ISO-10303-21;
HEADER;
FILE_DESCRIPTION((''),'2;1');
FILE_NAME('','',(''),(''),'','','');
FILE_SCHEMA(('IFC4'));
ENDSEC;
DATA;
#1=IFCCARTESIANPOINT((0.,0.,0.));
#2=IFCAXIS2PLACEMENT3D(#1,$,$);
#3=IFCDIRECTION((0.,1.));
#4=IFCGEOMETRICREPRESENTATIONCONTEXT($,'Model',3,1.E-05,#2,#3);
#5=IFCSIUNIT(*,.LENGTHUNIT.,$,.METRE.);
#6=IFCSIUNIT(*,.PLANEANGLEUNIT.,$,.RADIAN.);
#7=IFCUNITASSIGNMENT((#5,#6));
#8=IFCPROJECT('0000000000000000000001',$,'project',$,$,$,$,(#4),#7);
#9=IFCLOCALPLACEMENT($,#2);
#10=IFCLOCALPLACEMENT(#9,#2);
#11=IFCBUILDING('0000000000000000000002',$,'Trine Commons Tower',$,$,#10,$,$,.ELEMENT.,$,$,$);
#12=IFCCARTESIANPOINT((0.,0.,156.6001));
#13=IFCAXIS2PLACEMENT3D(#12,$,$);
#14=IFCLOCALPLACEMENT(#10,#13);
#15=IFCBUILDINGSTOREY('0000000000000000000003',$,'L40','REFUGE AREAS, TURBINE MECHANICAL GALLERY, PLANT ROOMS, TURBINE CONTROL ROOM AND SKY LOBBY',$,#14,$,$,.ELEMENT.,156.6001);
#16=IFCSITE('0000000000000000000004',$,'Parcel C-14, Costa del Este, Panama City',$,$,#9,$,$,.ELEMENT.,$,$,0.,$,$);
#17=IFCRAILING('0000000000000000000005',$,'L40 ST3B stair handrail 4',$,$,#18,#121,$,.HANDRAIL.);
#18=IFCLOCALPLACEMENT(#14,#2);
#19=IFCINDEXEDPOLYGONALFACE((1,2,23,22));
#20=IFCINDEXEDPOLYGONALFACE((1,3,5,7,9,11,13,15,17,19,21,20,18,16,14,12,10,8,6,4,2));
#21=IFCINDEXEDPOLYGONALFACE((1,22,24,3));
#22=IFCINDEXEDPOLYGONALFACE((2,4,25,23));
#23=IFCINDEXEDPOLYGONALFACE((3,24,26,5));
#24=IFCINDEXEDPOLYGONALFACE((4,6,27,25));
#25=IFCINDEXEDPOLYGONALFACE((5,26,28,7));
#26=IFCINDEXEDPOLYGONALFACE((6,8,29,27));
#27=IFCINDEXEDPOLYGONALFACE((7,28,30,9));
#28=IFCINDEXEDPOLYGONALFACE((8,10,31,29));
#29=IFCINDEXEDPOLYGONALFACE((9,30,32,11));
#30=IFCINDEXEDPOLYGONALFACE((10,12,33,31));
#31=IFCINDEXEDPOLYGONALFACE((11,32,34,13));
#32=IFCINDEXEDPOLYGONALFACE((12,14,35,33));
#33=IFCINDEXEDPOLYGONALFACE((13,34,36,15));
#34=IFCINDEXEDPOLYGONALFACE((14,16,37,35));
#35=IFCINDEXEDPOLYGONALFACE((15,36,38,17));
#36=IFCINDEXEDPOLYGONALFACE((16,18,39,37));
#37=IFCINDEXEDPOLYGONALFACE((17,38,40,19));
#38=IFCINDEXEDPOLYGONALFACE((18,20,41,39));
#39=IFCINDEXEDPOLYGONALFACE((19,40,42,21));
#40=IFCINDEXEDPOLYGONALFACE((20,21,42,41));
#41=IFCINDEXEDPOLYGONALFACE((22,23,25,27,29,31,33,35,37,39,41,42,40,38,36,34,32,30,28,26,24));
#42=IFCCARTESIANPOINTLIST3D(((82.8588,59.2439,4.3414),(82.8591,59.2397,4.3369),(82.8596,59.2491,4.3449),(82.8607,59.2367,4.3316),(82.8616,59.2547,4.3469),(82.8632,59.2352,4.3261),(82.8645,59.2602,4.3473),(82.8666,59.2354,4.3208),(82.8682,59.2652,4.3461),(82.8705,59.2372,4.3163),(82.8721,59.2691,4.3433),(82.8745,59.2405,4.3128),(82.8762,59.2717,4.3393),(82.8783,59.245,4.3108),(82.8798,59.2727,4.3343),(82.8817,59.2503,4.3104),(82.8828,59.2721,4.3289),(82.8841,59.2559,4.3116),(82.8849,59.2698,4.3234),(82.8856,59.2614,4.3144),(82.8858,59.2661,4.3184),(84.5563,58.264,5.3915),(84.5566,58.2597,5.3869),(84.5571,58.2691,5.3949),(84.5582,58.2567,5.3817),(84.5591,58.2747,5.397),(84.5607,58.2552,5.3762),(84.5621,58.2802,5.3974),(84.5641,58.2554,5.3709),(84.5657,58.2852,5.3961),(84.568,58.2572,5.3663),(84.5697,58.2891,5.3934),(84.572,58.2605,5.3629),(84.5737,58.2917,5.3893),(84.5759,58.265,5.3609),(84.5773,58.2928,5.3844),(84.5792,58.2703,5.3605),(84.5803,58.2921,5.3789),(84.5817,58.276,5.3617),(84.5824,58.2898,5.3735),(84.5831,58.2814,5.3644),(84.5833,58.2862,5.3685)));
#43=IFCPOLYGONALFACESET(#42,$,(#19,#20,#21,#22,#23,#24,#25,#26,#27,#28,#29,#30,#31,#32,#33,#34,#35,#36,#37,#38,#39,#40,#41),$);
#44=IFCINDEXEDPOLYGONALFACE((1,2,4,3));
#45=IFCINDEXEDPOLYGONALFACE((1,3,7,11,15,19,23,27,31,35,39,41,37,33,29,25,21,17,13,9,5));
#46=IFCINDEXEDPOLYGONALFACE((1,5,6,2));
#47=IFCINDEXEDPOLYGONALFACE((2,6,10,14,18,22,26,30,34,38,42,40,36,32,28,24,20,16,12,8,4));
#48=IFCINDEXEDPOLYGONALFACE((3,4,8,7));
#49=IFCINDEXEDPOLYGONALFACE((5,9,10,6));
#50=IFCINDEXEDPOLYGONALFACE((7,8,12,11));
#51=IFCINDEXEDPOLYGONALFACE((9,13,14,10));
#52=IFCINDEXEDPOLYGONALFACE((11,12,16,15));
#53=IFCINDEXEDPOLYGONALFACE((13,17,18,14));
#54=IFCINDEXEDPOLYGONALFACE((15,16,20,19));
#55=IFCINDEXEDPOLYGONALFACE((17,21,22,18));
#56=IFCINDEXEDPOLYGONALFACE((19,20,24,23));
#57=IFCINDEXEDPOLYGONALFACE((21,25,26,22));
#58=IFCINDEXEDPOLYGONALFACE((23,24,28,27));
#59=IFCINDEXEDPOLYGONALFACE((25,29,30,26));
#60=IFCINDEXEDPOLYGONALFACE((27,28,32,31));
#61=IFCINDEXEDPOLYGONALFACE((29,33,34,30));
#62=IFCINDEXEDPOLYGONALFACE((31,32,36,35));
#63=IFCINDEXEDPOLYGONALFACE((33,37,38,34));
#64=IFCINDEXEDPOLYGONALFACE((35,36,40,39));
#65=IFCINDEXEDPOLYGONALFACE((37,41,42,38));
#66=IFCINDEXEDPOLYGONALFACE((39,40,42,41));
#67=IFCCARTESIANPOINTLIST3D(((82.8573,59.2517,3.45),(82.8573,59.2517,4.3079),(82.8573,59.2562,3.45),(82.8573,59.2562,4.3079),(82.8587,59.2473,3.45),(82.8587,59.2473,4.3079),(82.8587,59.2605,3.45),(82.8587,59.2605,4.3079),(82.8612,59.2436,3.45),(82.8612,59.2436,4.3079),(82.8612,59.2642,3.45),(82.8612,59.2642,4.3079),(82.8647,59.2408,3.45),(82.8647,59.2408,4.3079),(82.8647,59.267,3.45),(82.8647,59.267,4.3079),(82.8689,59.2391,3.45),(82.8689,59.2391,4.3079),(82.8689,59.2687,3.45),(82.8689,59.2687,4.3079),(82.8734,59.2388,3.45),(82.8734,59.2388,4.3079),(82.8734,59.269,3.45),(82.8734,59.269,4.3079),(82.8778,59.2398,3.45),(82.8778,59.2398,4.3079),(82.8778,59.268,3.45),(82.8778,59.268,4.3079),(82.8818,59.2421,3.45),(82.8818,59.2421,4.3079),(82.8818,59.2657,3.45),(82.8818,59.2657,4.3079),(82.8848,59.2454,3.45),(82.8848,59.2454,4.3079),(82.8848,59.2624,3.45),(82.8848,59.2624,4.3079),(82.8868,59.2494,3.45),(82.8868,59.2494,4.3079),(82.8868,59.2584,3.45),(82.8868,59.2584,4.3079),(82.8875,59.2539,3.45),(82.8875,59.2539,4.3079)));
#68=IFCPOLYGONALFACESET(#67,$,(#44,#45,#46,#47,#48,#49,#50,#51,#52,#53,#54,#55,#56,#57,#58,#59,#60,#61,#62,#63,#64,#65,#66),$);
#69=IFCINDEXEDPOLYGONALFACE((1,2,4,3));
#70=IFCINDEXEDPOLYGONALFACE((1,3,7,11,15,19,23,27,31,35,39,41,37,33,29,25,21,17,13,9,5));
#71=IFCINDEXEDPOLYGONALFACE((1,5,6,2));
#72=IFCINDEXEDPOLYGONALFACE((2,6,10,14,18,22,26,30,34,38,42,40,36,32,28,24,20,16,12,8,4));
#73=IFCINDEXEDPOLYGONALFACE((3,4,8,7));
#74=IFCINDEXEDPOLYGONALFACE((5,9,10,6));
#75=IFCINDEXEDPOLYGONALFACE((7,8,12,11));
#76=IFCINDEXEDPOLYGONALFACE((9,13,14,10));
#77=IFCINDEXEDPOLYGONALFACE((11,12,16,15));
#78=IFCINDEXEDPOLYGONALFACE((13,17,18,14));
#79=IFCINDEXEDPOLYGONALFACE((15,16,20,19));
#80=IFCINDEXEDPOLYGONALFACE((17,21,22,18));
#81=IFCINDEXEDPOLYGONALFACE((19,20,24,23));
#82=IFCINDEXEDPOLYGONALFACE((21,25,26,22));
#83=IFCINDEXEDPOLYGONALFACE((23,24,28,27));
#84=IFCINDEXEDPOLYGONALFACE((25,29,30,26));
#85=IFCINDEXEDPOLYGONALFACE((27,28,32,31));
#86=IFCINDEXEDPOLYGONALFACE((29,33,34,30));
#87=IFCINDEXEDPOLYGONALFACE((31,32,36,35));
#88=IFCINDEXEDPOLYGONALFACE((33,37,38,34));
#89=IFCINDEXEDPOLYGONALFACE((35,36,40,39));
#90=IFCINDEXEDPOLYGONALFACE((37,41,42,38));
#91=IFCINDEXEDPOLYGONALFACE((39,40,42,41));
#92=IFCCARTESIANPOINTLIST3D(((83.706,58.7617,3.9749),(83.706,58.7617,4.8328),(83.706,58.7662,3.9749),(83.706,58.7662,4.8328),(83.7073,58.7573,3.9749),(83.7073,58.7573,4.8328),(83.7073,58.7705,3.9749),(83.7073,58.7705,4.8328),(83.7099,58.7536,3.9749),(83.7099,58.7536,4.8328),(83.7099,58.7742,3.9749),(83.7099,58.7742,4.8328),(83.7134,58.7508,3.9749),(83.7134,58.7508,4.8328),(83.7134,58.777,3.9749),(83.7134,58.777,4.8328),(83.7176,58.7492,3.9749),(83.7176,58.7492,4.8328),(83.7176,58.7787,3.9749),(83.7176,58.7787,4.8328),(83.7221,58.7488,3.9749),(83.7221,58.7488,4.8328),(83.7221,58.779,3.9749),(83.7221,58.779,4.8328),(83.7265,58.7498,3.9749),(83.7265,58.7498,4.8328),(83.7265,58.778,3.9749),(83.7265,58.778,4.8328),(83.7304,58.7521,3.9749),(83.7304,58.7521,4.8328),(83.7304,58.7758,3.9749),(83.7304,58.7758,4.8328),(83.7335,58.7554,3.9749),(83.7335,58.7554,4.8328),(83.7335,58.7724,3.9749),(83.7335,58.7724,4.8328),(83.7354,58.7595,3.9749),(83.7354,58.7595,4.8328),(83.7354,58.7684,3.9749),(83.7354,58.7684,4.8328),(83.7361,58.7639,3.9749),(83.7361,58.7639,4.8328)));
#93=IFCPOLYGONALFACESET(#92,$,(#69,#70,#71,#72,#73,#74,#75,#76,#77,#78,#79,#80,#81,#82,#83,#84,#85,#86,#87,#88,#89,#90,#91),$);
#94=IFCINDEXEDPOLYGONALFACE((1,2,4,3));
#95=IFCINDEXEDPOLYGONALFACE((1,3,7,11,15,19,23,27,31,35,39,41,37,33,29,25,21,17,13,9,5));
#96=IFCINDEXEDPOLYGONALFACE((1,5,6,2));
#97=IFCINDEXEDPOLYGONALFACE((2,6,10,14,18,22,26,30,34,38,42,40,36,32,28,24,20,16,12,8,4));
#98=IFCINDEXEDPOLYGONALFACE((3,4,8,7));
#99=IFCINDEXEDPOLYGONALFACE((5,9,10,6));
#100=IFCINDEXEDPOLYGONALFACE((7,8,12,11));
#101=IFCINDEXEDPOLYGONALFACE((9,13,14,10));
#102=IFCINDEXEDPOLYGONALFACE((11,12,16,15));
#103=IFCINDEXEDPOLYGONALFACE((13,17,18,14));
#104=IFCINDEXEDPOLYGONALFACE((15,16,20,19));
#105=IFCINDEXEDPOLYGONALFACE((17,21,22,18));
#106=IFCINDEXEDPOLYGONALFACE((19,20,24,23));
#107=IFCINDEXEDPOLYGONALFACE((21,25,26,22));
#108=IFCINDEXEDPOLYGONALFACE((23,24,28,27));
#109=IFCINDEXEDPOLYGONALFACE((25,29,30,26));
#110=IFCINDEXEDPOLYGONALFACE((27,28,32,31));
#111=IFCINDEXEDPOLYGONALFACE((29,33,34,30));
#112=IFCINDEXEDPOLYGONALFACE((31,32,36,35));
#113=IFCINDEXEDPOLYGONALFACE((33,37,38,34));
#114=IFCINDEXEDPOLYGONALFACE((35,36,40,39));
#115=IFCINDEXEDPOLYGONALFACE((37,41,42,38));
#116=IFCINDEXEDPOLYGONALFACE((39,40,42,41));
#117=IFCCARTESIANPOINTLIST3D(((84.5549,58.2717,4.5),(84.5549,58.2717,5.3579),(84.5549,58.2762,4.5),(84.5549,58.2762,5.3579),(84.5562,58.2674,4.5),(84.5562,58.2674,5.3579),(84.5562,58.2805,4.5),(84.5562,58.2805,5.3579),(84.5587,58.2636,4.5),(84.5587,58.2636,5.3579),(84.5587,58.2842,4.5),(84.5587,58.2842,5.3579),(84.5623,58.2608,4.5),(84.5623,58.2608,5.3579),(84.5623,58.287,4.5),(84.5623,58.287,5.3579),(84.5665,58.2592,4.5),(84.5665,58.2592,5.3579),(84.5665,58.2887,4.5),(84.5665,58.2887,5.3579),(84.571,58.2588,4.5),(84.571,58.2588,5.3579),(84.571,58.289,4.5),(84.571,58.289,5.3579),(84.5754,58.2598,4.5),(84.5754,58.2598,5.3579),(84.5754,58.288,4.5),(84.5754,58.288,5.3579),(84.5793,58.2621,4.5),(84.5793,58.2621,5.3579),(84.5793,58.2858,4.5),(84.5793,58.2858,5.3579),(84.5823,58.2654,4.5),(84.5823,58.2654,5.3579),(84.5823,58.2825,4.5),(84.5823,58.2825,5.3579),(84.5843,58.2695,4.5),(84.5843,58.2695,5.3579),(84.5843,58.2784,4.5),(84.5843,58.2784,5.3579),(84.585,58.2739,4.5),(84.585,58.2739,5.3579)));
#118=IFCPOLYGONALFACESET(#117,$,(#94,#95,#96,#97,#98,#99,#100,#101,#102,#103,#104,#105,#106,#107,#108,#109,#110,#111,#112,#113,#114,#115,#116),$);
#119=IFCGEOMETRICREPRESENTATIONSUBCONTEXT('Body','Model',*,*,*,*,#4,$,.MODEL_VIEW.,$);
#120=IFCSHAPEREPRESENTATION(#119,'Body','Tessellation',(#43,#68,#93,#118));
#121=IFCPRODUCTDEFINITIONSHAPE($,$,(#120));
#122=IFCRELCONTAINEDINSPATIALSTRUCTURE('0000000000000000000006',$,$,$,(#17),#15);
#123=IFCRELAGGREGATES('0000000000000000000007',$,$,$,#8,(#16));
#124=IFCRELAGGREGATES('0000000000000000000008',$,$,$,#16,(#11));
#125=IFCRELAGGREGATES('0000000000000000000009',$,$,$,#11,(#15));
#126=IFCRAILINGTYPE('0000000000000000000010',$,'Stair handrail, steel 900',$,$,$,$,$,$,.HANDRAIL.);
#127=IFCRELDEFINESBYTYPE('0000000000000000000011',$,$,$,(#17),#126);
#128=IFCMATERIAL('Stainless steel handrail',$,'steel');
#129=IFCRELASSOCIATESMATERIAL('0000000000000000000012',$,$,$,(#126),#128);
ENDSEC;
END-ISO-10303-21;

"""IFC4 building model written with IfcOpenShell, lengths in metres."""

from ifc_helpers import new_model, si_unit, direction, frame, origin, origin_2d, place, context, subcontext, project, spatial, circle, extrude, material, type_object, element, save


model = new_model("IFC4")

# Units and contexts
model_context = context("Model", 3, precision=1e-05, world=origin(), true_north=direction((0.0, 1.0)))
body_context = subcontext(model_context, "Body", "Model", "MODEL_VIEW")
ifc_project = project(units=[si_unit("LENGTHUNIT", "METRE"), si_unit("PLANEANGLEUNIT", "RADIAN")], contexts=[model_context])

# Site, building, storey
site_placement = place(None, origin())
site = spatial("IfcSite", under=ifc_project, at=site_placement, Name="Parcel C-14, Costa del Este, Panama City", CompositionType="ELEMENT", RefElevation=0.0)
building_placement = place(site_placement, origin())
building = spatial("IfcBuilding", under=site, at=building_placement, Name="Trine Commons Tower", CompositionType="ELEMENT")
storey_placement = place(building_placement, frame((0.0, 0.0, 156.6001)))
storey = spatial("IfcBuildingStorey", under=building, at=storey_placement, Name="L40", Description="REFUGE AREAS, TURBINE MECHANICAL GALLERY, PLANT ROOMS, TURBINE CONTROL ROOM AND SKY LOBBY", CompositionType="ELEMENT", Elevation=156.6001)

# Railing
ifc_material_1 = material(Name="Stainless steel handrail", Category="steel")
railing_type_1 = type_object("IfcRailingType", Name="Stair handrail, steel 900", PredefinedType="HANDRAIL", material=ifc_material_1)
railing_1_placement = place(storey_placement, frame((82.8723, 59.2539, 3.45)))
element("IfcRailing", 1, at=railing_1_placement, inside=storey, type_object=railing_type_1, Name="L40 ST3B stair handrail 4", PredefinedType="HANDRAIL", context=body_context, shape_type="SweptSolid", body=[
    extrude(circle(Radius=0.021, at=origin_2d()), frame((0.0, 0.0, 0.8789), z_axis=(0.763398, -0.440713, 0.472224), x_axis=(0.49997, 0.866042, 0.0)), (0.0, 0.0, 1.0), 2.2236),
    extrude(circle(Radius=0.0151, at=origin_2d()), origin(), (0.0, 0.0, 1.0), 0.8579),
    extrude(circle(Radius=0.0151, at=origin_2d()), frame((0.8486, -0.49, 0.5249)), (0.0, 0.0, 1.0), 0.8579),
    extrude(circle(Radius=0.0151, at=origin_2d()), frame((1.6975, -0.98, 1.05)), (0.0, 0.0, 1.0), 0.8579),
])

save(model, "model.ifc")
